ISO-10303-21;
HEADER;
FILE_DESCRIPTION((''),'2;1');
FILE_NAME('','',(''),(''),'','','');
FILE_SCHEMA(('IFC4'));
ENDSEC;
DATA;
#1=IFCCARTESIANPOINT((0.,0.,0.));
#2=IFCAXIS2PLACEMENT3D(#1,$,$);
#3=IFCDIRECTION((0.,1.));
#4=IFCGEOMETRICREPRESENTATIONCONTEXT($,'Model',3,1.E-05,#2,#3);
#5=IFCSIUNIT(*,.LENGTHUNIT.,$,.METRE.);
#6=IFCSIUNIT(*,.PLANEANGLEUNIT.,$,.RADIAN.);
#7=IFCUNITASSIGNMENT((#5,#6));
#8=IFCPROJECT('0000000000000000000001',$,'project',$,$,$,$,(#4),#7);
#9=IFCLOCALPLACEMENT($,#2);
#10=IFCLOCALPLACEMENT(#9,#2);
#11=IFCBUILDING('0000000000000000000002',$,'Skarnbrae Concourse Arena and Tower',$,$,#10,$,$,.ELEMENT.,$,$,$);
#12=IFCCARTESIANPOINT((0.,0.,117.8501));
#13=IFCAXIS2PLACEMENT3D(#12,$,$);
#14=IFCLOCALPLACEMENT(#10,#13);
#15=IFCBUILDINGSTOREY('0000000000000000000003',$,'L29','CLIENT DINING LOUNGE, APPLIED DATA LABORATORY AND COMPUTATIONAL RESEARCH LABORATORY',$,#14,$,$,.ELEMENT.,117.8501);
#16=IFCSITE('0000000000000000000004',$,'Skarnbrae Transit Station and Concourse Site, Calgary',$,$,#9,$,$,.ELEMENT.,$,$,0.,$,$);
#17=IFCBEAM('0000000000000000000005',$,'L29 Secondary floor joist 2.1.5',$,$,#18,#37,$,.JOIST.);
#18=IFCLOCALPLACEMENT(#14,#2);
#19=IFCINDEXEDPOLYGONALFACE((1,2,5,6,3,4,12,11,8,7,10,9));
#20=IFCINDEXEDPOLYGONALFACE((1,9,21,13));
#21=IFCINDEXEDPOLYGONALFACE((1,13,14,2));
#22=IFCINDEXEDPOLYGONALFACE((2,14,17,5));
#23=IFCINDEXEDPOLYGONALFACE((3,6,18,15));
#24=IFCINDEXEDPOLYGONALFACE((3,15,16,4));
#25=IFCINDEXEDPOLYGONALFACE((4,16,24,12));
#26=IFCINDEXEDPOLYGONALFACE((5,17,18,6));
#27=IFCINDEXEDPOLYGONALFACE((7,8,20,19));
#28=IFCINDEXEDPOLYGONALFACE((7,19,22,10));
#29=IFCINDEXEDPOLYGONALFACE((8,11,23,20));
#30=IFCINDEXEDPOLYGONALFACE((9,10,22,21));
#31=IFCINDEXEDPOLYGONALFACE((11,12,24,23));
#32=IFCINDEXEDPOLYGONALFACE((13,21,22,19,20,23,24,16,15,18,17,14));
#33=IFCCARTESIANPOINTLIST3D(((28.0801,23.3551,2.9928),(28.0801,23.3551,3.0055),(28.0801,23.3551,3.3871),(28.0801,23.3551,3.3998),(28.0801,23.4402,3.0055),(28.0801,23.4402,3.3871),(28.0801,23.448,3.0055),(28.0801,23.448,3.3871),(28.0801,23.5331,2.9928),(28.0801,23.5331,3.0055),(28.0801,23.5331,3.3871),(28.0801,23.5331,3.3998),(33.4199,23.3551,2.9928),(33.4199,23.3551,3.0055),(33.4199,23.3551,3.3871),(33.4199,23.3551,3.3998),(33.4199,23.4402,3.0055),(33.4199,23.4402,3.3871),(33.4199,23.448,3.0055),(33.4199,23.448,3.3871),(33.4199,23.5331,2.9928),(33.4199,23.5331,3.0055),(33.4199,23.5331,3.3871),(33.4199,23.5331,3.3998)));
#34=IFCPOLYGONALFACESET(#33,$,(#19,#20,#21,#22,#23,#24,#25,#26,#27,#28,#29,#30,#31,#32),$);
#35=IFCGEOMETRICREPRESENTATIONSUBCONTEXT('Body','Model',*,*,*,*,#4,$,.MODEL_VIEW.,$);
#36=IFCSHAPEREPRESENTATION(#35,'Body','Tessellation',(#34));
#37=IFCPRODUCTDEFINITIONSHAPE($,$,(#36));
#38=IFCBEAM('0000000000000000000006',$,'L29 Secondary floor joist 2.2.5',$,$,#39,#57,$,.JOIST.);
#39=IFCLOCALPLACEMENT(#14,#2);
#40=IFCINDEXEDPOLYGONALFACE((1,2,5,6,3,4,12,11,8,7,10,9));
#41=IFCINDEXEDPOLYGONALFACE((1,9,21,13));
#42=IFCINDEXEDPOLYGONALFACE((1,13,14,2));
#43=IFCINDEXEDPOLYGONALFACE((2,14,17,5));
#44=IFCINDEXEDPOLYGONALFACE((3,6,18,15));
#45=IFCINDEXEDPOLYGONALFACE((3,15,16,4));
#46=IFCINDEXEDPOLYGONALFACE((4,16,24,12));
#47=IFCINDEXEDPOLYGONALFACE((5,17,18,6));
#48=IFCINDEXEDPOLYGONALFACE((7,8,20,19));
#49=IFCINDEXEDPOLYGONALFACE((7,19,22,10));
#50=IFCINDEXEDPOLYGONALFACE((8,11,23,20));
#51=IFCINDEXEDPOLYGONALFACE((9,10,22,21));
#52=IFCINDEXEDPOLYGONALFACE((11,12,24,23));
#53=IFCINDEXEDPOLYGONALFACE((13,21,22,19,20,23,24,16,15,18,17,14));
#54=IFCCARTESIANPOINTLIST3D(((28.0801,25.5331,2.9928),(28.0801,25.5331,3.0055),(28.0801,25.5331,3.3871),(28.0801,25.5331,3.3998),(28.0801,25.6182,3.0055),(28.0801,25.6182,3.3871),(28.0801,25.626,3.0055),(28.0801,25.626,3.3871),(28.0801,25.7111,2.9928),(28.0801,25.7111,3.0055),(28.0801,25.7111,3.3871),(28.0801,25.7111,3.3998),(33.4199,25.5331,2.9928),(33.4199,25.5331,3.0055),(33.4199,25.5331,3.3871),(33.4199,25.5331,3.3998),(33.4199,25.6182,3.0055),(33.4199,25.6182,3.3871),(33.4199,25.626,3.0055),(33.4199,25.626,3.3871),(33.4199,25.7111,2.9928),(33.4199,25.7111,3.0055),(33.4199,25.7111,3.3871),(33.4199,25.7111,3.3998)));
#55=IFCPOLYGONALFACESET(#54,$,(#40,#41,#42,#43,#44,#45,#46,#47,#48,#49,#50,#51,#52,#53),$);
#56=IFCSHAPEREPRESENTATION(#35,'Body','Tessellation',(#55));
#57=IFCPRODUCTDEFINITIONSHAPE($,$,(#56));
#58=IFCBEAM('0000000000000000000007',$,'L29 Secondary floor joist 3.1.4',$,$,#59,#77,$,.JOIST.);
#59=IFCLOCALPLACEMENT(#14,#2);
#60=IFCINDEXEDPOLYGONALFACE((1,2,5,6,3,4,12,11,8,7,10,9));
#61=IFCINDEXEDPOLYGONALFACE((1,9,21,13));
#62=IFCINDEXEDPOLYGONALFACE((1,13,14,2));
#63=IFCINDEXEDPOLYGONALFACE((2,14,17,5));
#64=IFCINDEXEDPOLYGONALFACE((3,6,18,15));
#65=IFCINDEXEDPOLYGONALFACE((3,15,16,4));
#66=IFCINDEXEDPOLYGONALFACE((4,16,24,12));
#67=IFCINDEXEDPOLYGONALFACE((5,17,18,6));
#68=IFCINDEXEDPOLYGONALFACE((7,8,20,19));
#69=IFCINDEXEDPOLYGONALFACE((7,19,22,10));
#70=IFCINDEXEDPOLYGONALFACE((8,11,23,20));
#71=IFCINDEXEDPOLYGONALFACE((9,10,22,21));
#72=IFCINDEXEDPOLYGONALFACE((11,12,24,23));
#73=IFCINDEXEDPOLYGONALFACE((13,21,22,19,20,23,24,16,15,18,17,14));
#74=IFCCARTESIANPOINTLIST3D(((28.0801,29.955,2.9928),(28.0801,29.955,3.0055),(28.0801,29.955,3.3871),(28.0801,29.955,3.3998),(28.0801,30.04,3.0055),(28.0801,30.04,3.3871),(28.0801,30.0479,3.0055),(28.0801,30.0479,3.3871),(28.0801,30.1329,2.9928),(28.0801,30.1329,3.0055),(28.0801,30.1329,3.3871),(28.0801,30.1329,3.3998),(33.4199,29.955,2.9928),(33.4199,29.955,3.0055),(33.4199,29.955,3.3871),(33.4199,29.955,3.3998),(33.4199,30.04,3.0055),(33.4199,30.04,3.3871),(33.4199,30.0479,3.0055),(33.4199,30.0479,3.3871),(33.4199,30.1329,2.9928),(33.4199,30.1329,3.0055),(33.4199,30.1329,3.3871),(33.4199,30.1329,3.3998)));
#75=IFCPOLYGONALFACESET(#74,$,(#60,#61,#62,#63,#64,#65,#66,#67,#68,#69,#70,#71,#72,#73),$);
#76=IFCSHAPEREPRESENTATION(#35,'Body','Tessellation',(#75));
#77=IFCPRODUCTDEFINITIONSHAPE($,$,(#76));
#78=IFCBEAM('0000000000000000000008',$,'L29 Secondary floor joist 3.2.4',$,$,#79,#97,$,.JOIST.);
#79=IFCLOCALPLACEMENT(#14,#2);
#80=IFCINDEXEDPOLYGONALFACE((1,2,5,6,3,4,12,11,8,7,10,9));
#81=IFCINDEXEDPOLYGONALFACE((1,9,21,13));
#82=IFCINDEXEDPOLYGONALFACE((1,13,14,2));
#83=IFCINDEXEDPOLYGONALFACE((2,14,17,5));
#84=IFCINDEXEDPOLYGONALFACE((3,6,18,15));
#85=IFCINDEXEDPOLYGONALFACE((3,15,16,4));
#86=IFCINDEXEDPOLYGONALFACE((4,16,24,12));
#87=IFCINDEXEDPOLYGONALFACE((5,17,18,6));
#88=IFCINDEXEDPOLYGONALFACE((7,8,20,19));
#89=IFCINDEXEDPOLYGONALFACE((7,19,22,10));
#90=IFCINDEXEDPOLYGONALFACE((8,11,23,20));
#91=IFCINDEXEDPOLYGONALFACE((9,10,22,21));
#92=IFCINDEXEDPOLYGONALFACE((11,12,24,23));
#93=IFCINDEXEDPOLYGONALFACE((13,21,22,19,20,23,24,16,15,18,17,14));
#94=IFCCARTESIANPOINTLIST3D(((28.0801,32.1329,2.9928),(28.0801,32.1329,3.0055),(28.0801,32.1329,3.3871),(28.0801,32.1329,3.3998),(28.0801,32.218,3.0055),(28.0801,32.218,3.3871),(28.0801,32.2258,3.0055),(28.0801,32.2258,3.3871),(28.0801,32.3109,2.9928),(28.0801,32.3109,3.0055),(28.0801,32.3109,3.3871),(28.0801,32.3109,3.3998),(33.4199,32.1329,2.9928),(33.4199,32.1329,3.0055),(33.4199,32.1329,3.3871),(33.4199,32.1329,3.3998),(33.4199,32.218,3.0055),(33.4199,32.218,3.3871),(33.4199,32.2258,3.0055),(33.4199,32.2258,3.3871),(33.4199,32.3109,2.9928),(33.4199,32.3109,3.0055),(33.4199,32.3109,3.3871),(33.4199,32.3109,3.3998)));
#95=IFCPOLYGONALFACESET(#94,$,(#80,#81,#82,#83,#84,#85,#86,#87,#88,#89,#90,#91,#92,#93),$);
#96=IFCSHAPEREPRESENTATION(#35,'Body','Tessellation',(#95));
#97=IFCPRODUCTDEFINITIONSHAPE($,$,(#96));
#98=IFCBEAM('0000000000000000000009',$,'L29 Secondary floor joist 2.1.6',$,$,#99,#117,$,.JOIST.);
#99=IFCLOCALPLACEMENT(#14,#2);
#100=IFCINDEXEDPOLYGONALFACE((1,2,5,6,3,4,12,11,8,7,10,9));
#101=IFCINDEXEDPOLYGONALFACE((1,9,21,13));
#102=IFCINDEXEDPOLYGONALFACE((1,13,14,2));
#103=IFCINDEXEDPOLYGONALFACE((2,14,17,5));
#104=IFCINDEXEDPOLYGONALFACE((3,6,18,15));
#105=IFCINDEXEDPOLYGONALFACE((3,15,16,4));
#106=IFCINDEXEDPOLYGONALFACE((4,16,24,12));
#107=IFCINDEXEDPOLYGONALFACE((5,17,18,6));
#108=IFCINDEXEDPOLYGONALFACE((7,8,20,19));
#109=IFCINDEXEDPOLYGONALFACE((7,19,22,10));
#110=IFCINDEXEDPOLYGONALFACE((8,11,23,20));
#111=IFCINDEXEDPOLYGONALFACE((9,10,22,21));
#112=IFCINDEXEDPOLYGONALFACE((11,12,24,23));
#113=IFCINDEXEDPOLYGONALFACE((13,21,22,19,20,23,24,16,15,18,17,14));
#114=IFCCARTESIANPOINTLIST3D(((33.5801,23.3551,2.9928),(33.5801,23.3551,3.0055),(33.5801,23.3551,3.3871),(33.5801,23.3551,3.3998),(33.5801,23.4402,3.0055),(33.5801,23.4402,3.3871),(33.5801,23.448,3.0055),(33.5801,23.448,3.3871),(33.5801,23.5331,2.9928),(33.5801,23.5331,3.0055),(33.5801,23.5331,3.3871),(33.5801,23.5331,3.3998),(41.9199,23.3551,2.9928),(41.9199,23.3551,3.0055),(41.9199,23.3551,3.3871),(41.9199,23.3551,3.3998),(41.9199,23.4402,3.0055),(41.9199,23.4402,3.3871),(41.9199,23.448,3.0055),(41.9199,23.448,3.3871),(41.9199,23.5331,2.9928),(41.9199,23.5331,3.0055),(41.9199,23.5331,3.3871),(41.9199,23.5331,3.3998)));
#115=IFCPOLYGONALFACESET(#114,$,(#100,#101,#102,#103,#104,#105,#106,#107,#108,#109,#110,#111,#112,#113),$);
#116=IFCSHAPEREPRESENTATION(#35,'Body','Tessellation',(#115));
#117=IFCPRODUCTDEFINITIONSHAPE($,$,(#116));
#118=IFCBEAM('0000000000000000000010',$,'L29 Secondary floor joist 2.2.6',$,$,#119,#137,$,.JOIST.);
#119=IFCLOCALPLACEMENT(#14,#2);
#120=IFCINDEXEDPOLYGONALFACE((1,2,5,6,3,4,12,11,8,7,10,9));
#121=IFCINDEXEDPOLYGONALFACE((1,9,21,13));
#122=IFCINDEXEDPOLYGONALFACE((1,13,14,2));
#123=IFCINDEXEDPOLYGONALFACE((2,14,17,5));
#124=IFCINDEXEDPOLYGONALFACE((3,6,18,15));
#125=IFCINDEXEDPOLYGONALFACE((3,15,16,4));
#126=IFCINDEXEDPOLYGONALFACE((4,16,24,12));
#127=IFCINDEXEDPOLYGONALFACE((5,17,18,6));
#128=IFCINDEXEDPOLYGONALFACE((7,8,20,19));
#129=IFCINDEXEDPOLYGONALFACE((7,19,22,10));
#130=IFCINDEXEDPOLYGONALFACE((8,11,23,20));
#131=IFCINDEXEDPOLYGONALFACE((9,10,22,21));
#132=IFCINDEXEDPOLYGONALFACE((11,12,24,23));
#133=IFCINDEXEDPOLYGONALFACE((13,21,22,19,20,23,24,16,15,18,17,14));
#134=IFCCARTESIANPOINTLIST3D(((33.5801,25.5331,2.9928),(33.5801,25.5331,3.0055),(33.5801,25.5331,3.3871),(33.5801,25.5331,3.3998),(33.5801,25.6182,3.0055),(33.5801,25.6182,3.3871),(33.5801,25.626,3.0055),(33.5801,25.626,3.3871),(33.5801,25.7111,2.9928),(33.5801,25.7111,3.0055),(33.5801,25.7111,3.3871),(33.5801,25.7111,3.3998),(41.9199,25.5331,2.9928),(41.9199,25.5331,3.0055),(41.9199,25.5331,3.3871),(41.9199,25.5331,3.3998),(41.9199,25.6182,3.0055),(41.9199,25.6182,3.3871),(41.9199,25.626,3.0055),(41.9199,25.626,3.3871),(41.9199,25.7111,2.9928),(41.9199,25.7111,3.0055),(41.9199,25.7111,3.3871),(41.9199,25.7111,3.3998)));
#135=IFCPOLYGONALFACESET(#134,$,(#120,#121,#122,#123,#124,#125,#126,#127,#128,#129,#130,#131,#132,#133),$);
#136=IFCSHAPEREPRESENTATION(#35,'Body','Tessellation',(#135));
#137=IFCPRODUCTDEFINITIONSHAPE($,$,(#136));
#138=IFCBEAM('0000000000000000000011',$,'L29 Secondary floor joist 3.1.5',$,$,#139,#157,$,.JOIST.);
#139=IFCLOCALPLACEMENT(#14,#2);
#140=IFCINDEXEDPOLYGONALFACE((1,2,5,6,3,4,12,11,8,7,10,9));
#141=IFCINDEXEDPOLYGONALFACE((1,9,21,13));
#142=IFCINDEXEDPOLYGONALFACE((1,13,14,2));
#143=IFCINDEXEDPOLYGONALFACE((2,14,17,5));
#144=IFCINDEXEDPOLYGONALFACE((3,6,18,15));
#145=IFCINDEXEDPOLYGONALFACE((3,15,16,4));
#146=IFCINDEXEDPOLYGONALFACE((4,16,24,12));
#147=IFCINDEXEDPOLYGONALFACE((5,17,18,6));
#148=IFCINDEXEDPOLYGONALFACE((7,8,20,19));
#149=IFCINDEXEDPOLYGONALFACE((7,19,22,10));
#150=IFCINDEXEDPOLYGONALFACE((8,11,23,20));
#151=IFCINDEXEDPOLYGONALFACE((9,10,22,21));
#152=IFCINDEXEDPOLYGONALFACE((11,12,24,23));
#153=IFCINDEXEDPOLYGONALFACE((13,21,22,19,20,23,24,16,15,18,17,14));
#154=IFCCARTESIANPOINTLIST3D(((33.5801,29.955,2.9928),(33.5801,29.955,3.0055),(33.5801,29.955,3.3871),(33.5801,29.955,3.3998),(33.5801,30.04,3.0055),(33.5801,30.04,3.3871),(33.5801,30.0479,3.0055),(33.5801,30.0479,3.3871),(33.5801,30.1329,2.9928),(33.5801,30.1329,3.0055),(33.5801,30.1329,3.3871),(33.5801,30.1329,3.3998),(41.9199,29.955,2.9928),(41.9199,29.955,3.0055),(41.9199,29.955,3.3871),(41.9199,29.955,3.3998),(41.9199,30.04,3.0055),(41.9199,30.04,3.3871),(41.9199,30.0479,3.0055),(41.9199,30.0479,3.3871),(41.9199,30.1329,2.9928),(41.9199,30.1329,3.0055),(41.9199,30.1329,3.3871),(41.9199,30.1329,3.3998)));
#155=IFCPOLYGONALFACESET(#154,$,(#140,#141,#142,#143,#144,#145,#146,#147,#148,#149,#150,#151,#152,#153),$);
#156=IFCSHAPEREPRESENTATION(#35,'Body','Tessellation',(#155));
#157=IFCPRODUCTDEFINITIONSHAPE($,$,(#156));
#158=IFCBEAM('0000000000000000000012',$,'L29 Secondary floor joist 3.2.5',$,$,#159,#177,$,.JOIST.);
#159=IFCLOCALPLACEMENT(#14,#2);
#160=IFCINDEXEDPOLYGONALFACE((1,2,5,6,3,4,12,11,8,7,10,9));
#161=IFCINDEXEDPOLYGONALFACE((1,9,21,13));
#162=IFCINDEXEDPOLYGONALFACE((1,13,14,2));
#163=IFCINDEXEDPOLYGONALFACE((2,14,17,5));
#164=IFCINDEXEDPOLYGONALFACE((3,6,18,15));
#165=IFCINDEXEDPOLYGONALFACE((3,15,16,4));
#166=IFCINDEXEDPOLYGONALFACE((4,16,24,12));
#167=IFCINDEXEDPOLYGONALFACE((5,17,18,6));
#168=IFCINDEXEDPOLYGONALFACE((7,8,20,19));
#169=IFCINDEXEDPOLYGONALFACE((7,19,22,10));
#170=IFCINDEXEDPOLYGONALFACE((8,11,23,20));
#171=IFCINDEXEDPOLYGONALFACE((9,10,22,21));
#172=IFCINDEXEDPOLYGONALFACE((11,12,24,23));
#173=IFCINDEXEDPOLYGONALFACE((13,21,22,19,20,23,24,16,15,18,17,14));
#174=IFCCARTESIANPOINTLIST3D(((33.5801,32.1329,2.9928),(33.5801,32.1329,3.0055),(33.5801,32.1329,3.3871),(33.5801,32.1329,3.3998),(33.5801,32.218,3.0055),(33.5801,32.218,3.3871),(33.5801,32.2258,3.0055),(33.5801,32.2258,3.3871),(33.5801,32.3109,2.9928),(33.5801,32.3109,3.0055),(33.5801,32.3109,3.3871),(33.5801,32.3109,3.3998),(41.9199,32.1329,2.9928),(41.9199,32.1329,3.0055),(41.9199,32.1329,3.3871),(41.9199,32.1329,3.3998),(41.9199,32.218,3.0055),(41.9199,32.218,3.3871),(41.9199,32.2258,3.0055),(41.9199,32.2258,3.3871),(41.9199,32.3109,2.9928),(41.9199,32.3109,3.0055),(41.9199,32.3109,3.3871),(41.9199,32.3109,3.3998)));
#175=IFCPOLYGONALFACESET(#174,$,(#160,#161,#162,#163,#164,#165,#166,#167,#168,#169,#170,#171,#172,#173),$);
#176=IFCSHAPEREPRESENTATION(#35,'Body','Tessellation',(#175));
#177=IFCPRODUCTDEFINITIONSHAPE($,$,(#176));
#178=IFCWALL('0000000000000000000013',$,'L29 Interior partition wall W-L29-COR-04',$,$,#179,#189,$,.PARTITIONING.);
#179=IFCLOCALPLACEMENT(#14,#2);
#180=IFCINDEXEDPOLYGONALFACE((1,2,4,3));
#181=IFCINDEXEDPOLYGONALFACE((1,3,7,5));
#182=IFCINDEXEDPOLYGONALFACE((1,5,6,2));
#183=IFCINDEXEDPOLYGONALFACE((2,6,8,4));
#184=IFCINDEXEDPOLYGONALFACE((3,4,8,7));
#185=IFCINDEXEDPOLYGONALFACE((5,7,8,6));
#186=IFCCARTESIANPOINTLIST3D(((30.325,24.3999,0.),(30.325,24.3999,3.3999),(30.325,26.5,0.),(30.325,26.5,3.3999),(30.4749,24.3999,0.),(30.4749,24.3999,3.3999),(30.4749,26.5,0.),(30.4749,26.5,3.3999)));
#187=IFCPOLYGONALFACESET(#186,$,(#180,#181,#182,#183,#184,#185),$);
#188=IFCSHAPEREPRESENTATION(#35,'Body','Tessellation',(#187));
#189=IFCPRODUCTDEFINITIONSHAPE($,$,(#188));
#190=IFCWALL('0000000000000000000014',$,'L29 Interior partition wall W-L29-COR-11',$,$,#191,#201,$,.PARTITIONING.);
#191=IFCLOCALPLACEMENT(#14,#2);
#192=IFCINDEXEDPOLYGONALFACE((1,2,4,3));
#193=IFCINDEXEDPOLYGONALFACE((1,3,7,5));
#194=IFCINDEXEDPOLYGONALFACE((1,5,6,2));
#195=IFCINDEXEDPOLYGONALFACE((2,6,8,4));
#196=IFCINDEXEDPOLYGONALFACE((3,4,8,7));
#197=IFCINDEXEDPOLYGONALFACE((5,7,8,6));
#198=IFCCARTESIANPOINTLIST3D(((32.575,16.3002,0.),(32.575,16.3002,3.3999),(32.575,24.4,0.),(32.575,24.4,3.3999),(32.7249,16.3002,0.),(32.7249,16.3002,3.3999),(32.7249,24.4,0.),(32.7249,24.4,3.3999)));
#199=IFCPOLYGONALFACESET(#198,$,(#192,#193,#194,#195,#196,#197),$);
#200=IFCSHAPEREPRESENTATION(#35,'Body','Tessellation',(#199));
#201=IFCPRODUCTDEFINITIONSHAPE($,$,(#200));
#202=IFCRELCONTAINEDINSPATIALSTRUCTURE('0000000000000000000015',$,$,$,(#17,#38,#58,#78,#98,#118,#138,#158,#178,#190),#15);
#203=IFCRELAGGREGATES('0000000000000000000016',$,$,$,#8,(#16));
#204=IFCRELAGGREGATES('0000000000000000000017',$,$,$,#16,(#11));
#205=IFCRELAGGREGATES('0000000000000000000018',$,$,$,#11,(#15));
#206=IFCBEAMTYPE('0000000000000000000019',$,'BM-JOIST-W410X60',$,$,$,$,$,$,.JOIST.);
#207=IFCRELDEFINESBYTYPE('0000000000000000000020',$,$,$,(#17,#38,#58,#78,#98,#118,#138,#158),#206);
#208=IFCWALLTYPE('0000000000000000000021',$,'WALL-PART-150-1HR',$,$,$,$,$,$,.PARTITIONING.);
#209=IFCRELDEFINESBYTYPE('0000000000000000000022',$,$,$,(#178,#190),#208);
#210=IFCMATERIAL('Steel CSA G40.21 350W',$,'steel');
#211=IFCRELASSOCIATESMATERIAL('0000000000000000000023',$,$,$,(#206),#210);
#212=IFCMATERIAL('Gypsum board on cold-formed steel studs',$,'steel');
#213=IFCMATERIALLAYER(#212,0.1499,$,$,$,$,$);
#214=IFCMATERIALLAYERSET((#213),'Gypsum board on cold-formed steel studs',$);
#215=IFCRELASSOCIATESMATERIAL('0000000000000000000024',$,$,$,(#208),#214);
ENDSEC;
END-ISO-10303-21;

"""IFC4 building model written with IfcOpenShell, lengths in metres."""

from ifc_helpers import new_model, si_unit, direction, frame, frame_2d, origin, origin_2d, place, context, subcontext, project, spatial, rectangle, i_section, extrude, source, transform, mapped, material, layer, layer_set, material_profile, profile_set, type_object, element, save


model = new_model("IFC4")

# Units and contexts
model_context = context("Model", 3, precision=1e-05, world=origin(), true_north=direction((0.0, 1.0)))
body_context = subcontext(model_context, "Body", "Model", "MODEL_VIEW")
ifc_project = project(units=[si_unit("LENGTHUNIT", "METRE"), si_unit("PLANEANGLEUNIT", "RADIAN")], contexts=[model_context])

# Site, building, storey
site_placement = place(None, origin())
site = spatial("IfcSite", under=ifc_project, at=site_placement, Name="Skarnbrae Transit Station and Concourse Site, Calgary", CompositionType="ELEMENT", RefElevation=0.0)
building_placement = place(site_placement, origin())
building = spatial("IfcBuilding", under=site, at=building_placement, Name="Skarnbrae Concourse Arena and Tower", CompositionType="ELEMENT")
storey_placement = place(building_placement, frame((0.0, 0.0, 117.8501)))
storey = spatial("IfcBuildingStorey", under=building, at=storey_placement, Name="L29", Description="CLIENT DINING LOUNGE, APPLIED DATA LABORATORY AND COMPUTATIONAL RESEARCH LABORATORY", CompositionType="ELEMENT", Elevation=117.8501)

# Shared definitions
ifc_material_1 = material(Name="Steel CSA G40.21 350W", Category="steel")

# Beams
ifc_material_profile_1 = material_profile(ifc_material_1, i_section(OverallWidth=0.178, OverallDepth=0.407, WebThickness=0.0078, FlangeThickness=0.0127, at=origin_2d()), Name="W410X60")
ifc_profile_set_1 = profile_set([ifc_material_profile_1], Name="Steel CSA G40.21 350W")
beam_type_1 = type_object("IfcBeamType", Name="BM-JOIST-W410X60", PredefinedType="JOIST", material=ifc_profile_set_1)
shared_shape_1 = source(origin(), body_context, "Body", "SweptSolid", [
    extrude(i_section(OverallWidth=0.178, OverallDepth=0.407, WebThickness=0.0078, FlangeThickness=0.0127, at=origin_2d()), origin(), (0.0, 0.0, 1.0), 5.3398),
])
for number, where, z_axis, x_axis, name in (
    (1, (28.0801, 23.4441, 3.1963), (1.0, 0.0, 0.0), (0.0, 1.0, 0.0), "L29 Secondary floor joist 2.1.5"),
    (2, (28.0801, 25.6221, 3.1963), (1.0, 0.0, 0.0), (0.0, 1.0, 0.0), "L29 Secondary floor joist 2.2.5"),
    (3, (28.0801, 30.0439, 3.1963), (1.0, 0.0, 0.0), (0.0, 1.0, 0.0), "L29 Secondary floor joist 3.1.4"),
    (4, (28.0801, 32.2219, 3.1963), (1.0, 0.0, 0.0), (0.0, 1.0, 0.0), "L29 Secondary floor joist 3.2.4"),
):
    element("IfcBeam", number, at=place(storey_placement, frame(where, z_axis=z_axis, x_axis=x_axis)), inside=storey, type_object=beam_type_1, Name=name, PredefinedType="JOIST", context=body_context, shape_type="MappedRepresentation", body=[
        mapped(shared_shape_1, transform((0.0, 0.0, 0.0))),
    ])
shared_shape_2 = source(origin(), body_context, "Body", "SweptSolid", [
    extrude(i_section(OverallWidth=0.178, OverallDepth=0.407, WebThickness=0.0078, FlangeThickness=0.0127, at=origin_2d()), origin(), (0.0, 0.0, 1.0), 8.3398),
])
for number, where, z_axis, x_axis, name in (
    (5, (33.5801, 23.4441, 3.1963), (1.0, 0.0, 0.0), (0.0, 1.0, 0.0), "L29 Secondary floor joist 2.1.6"),
    (6, (33.5801, 25.6221, 3.1963), (1.0, 0.0, 0.0), (0.0, 1.0, 0.0), "L29 Secondary floor joist 2.2.6"),
    (7, (33.5801, 30.0439, 3.1963), (1.0, 0.0, 0.0), (0.0, 1.0, 0.0), "L29 Secondary floor joist 3.1.5"),
    (8, (33.5801, 32.2219, 3.1963), (1.0, 0.0, 0.0), (0.0, 1.0, 0.0), "L29 Secondary floor joist 3.2.5"),
):
    element("IfcBeam", number, at=place(storey_placement, frame(where, z_axis=z_axis, x_axis=x_axis)), inside=storey, type_object=beam_type_1, Name=name, PredefinedType="JOIST", context=body_context, shape_type="MappedRepresentation", body=[
        mapped(shared_shape_2, transform((0.0, 0.0, 0.0))),
    ])

# Walls
ifc_material_2 = material(Name="Gypsum board on cold-formed steel studs", Category="steel")
ifc_layer = layer(ifc_material_2, 0.1499)
ifc_layer_set = layer_set([ifc_layer], Name="Gypsum board on cold-formed steel studs")
wall_type = type_object("IfcWallType", Name="WALL-PART-150-1HR", PredefinedType="PARTITIONING", material=ifc_layer_set)
shared_shape_3 = source(origin(), body_context, "Body", "SweptSolid", [
    extrude(rectangle(XDim=2.1001, YDim=0.1499, at=frame_2d((1.05, 0.0))), origin(), (0.0, 0.0, 1.0), 3.3999),
])
wall_1_placement = place(storey_placement, frame((30.3999, 24.3999, 0.0), z_axis=(0.0, 0.0, 1.0), x_axis=(0.0, 1.0, 0.0)))
element("IfcWall", 9, at=wall_1_placement, inside=storey, type_object=wall_type, Name="L29 Interior partition wall W-L29-COR-04", PredefinedType="PARTITIONING", context=body_context, shape_type="MappedRepresentation", body=[
    mapped(shared_shape_3, transform((0.0, 0.0, 0.0))),
])
shared_shape_4 = source(origin(), body_context, "Body", "SweptSolid", [
    extrude(rectangle(XDim=8.0999, YDim=0.1499, at=frame_2d((4.0498, 0.0))), origin(), (0.0, 0.0, 1.0), 3.3999),
])
wall_2_placement = place(storey_placement, frame((32.6499, 24.3999, 0.0), z_axis=(0.0, 0.0, 1.0), x_axis=(0.0, -1.0, 0.0)))
element("IfcWall", 10, at=wall_2_placement, inside=storey, type_object=wall_type, Name="L29 Interior partition wall W-L29-COR-11", PredefinedType="PARTITIONING", context=body_context, shape_type="MappedRepresentation", body=[
    mapped(shared_shape_4, transform((0.0, 0.0, 0.0))),
])

save(model, "model.ifc")
